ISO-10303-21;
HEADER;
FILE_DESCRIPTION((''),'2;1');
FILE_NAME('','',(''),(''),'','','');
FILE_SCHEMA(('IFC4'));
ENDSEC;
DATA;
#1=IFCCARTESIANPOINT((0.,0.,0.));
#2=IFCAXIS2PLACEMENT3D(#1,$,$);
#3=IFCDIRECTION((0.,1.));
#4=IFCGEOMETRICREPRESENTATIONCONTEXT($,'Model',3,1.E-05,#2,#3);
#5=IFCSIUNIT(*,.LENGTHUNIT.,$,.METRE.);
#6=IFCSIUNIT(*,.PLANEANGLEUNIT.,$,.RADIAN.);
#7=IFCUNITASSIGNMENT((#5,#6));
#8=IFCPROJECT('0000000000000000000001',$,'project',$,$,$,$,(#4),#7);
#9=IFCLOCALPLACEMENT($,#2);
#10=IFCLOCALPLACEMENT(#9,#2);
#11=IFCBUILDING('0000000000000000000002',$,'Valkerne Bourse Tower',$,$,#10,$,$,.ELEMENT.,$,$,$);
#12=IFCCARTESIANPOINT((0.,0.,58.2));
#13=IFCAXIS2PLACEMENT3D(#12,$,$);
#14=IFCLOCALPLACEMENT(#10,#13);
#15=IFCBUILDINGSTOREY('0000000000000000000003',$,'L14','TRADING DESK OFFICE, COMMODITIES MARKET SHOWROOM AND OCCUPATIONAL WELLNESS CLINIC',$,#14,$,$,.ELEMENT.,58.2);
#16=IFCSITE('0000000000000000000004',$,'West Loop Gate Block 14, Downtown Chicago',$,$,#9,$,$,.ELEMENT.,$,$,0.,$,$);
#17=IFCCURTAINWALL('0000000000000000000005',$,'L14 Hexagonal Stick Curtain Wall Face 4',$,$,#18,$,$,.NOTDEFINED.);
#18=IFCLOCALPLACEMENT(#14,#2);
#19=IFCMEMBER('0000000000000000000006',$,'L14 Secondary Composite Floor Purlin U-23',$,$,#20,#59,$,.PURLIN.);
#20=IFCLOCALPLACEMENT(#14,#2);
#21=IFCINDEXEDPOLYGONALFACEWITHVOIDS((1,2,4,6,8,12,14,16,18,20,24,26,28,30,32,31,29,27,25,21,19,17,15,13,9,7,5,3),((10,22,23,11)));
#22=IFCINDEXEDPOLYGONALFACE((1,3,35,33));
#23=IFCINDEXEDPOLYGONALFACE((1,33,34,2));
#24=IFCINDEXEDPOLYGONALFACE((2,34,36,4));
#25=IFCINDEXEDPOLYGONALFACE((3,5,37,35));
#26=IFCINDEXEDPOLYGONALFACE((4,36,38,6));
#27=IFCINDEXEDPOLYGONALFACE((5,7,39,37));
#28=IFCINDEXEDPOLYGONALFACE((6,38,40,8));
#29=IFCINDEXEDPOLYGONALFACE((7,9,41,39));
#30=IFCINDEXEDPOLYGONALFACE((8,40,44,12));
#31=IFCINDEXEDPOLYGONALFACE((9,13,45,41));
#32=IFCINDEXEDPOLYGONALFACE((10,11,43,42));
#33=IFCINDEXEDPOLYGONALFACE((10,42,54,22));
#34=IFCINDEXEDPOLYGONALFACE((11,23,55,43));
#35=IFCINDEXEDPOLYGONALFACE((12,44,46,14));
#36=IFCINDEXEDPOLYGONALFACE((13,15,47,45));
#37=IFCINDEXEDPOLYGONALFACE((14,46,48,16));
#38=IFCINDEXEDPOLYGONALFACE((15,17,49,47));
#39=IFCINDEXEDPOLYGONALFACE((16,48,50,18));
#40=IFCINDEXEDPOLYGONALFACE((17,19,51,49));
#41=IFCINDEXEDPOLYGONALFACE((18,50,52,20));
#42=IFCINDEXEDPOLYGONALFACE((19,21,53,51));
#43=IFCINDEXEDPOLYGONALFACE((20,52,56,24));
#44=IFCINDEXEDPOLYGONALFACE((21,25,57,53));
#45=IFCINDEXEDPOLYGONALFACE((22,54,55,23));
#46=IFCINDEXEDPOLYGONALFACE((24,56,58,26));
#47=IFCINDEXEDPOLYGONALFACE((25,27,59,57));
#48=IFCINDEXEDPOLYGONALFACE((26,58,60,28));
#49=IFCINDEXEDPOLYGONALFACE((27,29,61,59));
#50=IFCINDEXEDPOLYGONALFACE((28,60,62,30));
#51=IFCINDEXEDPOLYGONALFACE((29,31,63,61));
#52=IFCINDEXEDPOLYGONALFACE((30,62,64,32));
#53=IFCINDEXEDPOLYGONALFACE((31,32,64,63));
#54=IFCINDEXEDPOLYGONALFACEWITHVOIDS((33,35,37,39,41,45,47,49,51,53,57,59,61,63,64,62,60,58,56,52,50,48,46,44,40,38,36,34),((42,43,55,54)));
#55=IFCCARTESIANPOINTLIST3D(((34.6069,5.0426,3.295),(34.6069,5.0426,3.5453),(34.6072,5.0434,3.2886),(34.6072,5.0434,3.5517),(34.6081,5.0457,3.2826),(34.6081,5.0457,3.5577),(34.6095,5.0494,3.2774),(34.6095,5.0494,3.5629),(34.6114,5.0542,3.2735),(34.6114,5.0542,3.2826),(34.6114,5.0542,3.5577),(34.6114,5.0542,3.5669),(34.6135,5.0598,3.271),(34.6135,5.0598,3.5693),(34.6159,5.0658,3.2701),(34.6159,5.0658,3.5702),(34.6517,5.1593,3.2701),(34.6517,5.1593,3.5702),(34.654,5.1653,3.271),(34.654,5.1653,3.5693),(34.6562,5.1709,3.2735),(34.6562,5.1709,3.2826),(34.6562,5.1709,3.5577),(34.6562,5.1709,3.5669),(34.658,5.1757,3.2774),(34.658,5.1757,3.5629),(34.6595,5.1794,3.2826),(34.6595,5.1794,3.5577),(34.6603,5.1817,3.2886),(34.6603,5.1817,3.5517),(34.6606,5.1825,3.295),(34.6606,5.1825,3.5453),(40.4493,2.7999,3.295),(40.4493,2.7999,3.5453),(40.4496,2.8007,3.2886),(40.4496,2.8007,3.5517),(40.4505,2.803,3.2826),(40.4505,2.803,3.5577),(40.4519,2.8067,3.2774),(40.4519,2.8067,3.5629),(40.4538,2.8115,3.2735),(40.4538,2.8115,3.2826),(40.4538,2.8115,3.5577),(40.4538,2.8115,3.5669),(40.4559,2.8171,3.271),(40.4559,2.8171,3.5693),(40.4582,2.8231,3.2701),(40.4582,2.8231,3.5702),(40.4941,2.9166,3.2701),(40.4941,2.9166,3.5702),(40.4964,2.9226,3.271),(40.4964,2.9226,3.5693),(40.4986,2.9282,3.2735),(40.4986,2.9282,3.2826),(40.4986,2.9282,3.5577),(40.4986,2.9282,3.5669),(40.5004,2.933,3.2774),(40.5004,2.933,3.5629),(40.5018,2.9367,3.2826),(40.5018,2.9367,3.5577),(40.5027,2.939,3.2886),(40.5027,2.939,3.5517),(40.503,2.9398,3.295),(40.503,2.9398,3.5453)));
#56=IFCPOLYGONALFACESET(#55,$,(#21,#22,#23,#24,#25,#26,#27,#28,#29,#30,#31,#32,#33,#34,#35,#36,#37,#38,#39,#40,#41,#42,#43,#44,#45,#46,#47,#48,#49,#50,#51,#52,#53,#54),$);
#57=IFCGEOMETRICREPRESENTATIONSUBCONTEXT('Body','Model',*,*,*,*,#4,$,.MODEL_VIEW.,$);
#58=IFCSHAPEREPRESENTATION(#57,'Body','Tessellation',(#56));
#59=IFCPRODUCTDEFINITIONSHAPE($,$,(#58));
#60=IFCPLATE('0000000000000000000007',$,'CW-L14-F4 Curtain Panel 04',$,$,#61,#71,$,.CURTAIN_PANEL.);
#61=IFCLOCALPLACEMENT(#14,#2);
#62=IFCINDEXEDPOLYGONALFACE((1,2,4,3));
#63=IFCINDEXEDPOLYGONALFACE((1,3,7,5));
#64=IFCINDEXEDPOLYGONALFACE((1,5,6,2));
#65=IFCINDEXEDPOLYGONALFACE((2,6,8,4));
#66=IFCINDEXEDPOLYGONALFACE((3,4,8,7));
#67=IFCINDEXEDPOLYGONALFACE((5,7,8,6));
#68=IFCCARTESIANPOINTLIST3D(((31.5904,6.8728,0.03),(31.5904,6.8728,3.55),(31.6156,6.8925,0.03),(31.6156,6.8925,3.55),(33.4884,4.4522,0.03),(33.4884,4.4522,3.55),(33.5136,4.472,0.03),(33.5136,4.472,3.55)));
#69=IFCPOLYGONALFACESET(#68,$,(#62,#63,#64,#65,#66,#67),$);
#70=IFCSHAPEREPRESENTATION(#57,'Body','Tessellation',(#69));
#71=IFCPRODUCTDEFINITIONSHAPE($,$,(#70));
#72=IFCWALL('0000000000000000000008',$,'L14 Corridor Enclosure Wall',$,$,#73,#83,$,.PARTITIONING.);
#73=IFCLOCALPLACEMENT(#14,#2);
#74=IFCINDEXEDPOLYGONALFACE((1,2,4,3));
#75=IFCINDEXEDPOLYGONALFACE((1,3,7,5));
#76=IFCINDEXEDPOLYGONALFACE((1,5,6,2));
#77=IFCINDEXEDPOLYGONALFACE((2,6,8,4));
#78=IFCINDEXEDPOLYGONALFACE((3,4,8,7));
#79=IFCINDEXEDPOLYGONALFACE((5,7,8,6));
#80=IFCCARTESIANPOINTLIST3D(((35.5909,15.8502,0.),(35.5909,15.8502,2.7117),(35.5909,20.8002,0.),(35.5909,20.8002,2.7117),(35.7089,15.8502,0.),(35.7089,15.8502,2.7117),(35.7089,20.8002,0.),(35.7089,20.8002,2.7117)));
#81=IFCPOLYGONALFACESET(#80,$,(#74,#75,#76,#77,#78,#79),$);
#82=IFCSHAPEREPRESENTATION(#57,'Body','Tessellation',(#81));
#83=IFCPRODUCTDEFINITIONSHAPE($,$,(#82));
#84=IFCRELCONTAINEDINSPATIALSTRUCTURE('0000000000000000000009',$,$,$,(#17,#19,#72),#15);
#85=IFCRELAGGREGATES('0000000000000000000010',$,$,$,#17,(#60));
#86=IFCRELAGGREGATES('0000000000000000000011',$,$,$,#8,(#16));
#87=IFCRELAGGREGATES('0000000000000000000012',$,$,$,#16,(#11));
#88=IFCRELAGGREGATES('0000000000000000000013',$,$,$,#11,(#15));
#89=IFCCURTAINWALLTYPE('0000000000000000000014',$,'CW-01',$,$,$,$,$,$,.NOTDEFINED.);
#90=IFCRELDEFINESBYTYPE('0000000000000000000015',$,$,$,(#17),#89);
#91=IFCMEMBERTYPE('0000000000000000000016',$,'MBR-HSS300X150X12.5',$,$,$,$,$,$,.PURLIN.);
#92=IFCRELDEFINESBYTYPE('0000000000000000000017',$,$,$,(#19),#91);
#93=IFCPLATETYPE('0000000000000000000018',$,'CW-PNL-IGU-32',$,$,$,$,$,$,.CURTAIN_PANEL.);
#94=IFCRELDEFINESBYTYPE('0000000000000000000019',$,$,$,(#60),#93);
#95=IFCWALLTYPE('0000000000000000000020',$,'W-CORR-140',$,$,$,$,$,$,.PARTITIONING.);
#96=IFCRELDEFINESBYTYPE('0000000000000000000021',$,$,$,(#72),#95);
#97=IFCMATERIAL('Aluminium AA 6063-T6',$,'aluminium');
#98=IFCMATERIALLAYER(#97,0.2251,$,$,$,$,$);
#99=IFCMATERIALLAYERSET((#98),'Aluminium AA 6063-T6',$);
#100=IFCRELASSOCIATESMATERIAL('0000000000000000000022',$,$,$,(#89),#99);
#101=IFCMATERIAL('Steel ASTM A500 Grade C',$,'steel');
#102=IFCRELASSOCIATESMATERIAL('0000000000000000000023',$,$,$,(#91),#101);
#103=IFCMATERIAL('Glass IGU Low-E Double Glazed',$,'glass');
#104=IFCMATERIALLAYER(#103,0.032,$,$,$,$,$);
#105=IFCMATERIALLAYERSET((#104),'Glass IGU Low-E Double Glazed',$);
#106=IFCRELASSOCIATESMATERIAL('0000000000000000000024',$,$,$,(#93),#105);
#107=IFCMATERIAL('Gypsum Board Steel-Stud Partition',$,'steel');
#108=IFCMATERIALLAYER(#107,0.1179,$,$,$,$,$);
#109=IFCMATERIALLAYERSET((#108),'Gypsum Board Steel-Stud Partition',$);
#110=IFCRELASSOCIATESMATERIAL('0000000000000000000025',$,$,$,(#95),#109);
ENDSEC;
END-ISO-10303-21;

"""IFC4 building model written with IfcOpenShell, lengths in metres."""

from ifc_helpers import new_model, si_unit, direction, frame, frame_2d, origin, origin_2d, place, context, subcontext, project, spatial, rectangle, hollow_rectangle, extrude, material, layer, layer_set, material_profile, profile_set, type_object, element, aggregate, save


model = new_model("IFC4")

# Units and contexts
model_context = context("Model", 3, precision=1e-05, world=origin(), true_north=direction((0.0, 1.0)))
body_context = subcontext(model_context, "Body", "Model", "MODEL_VIEW")
ifc_project = project(units=[si_unit("LENGTHUNIT", "METRE"), si_unit("PLANEANGLEUNIT", "RADIAN")], contexts=[model_context])

# Site, building, storey
site_placement = place(None, origin())
site = spatial("IfcSite", under=ifc_project, at=site_placement, Name="West Loop Gate Block 14, Downtown Chicago", CompositionType="ELEMENT", RefElevation=0.0)
building_placement = place(site_placement, origin())
building = spatial("IfcBuilding", under=site, at=building_placement, Name="Valkerne Bourse Tower", CompositionType="ELEMENT")
storey_placement = place(building_placement, frame((0.0, 0.0, 58.2)))
storey = spatial("IfcBuildingStorey", under=building, at=storey_placement, Name="L14", Description="TRADING DESK OFFICE, COMMODITIES MARKET SHOWROOM AND OCCUPATIONAL WELLNESS CLINIC", CompositionType="ELEMENT", Elevation=58.2)

# Curtain wall
ifc_material_1 = material(Name="Aluminium AA 6063-T6", Category="aluminium")
ifc_layer_1 = layer(ifc_material_1, 0.2251)
ifc_layer_set_1 = layer_set([ifc_layer_1], Name="Aluminium AA 6063-T6")
curtain_wall_type = type_object("IfcCurtainWallType", Name="CW-01", PredefinedType="NOTDEFINED", material=ifc_layer_set_1)
curtain_wall_placement = place(storey_placement, origin())
curtain_wall = element("IfcCurtainWall", 1, at=curtain_wall_placement, inside=storey, type_object=curtain_wall_type, Name="L14 Hexagonal Stick Curtain Wall Face 4", PredefinedType="NOTDEFINED")

# Member
ifc_material_2 = material(Name="Steel ASTM A500 Grade C", Category="steel")
ifc_material_profile_1 = material_profile(ifc_material_2, hollow_rectangle(XDim=0.1499, YDim=0.3, WallThickness=0.0125, OuterFilletRadius=0.0249, at=origin_2d()), Name="HSS300X150X12.5")
ifc_profile_set_1 = profile_set([ifc_material_profile_1], Name="Steel ASTM A500 Grade C")
member_type_1 = type_object("IfcMemberType", Name="MBR-HSS300X150X12.5", PredefinedType="PURLIN", material=ifc_profile_set_1)
member_1_placement = place(storey_placement, frame((34.6338, 5.1125, 3.4202), z_axis=(0.933579, -0.358372, 0.0), x_axis=(0.358372, 0.933579, 0.0)))
element("IfcMember", 2, at=member_1_placement, inside=storey, type_object=member_type_1, Name="L14 Secondary Composite Floor Purlin U-23", PredefinedType="PURLIN", context=body_context, shape_type="SweptSolid", body=[
    extrude(hollow_rectangle(XDim=0.1499, YDim=0.3, WallThickness=0.0125, OuterFilletRadius=0.0249, at=origin_2d()), origin(), (0.0, 0.0, 1.0), 6.2581),
])

# Plate
ifc_material_3 = material(Name="Glass IGU Low-E Double Glazed", Category="glass")
ifc_layer_2 = layer(ifc_material_3, 0.032)
ifc_layer_set_2 = layer_set([ifc_layer_2], Name="Glass IGU Low-E Double Glazed")
plate_type = type_object("IfcPlateType", Name="CW-PNL-IGU-32", PredefinedType="CURTAIN_PANEL", material=ifc_layer_set_2)
plate_placement = place(storey_placement, frame((32.552, 5.6724, 0.03), z_axis=(0.0, 0.0, 1.0), x_axis=(0.617039, -0.786933, 0.0)))
plate = element("IfcPlate", 3, at=plate_placement, type_object=plate_type, Name="CW-L14-F4 Curtain Panel 04", PredefinedType="CURTAIN_PANEL", context=body_context, shape_type="SweptSolid", body=[
    extrude(rectangle(XDim=3.0759, YDim=0.032, at=origin_2d()), origin(), (0.0, 0.0, 1.0), 3.52),
])
aggregate(curtain_wall, [plate])

# Wall
ifc_material_4 = material(Name="Gypsum Board Steel-Stud Partition", Category="steel")
ifc_layer_3 = layer(ifc_material_4, 0.1179)
ifc_layer_set_3 = layer_set([ifc_layer_3], Name="Gypsum Board Steel-Stud Partition")
wall_type = type_object("IfcWallType", Name="W-CORR-140", PredefinedType="PARTITIONING", material=ifc_layer_set_3)
wall_placement = place(storey_placement, frame((35.6499, 15.8501, 0.0), z_axis=(0.0, 0.0, 1.0), x_axis=(0.0, 1.0, 0.0)))
element("IfcWall", 4, at=wall_placement, inside=storey, type_object=wall_type, Name="L14 Corridor Enclosure Wall", PredefinedType="PARTITIONING", context=body_context, shape_type="SweptSolid", body=[
    extrude(rectangle(XDim=4.95, YDim=0.1179, at=frame_2d((2.4751, 0.0))), origin(), (0.0, 0.0, 1.0), 2.7117),
])

save(model, "model.ifc")
